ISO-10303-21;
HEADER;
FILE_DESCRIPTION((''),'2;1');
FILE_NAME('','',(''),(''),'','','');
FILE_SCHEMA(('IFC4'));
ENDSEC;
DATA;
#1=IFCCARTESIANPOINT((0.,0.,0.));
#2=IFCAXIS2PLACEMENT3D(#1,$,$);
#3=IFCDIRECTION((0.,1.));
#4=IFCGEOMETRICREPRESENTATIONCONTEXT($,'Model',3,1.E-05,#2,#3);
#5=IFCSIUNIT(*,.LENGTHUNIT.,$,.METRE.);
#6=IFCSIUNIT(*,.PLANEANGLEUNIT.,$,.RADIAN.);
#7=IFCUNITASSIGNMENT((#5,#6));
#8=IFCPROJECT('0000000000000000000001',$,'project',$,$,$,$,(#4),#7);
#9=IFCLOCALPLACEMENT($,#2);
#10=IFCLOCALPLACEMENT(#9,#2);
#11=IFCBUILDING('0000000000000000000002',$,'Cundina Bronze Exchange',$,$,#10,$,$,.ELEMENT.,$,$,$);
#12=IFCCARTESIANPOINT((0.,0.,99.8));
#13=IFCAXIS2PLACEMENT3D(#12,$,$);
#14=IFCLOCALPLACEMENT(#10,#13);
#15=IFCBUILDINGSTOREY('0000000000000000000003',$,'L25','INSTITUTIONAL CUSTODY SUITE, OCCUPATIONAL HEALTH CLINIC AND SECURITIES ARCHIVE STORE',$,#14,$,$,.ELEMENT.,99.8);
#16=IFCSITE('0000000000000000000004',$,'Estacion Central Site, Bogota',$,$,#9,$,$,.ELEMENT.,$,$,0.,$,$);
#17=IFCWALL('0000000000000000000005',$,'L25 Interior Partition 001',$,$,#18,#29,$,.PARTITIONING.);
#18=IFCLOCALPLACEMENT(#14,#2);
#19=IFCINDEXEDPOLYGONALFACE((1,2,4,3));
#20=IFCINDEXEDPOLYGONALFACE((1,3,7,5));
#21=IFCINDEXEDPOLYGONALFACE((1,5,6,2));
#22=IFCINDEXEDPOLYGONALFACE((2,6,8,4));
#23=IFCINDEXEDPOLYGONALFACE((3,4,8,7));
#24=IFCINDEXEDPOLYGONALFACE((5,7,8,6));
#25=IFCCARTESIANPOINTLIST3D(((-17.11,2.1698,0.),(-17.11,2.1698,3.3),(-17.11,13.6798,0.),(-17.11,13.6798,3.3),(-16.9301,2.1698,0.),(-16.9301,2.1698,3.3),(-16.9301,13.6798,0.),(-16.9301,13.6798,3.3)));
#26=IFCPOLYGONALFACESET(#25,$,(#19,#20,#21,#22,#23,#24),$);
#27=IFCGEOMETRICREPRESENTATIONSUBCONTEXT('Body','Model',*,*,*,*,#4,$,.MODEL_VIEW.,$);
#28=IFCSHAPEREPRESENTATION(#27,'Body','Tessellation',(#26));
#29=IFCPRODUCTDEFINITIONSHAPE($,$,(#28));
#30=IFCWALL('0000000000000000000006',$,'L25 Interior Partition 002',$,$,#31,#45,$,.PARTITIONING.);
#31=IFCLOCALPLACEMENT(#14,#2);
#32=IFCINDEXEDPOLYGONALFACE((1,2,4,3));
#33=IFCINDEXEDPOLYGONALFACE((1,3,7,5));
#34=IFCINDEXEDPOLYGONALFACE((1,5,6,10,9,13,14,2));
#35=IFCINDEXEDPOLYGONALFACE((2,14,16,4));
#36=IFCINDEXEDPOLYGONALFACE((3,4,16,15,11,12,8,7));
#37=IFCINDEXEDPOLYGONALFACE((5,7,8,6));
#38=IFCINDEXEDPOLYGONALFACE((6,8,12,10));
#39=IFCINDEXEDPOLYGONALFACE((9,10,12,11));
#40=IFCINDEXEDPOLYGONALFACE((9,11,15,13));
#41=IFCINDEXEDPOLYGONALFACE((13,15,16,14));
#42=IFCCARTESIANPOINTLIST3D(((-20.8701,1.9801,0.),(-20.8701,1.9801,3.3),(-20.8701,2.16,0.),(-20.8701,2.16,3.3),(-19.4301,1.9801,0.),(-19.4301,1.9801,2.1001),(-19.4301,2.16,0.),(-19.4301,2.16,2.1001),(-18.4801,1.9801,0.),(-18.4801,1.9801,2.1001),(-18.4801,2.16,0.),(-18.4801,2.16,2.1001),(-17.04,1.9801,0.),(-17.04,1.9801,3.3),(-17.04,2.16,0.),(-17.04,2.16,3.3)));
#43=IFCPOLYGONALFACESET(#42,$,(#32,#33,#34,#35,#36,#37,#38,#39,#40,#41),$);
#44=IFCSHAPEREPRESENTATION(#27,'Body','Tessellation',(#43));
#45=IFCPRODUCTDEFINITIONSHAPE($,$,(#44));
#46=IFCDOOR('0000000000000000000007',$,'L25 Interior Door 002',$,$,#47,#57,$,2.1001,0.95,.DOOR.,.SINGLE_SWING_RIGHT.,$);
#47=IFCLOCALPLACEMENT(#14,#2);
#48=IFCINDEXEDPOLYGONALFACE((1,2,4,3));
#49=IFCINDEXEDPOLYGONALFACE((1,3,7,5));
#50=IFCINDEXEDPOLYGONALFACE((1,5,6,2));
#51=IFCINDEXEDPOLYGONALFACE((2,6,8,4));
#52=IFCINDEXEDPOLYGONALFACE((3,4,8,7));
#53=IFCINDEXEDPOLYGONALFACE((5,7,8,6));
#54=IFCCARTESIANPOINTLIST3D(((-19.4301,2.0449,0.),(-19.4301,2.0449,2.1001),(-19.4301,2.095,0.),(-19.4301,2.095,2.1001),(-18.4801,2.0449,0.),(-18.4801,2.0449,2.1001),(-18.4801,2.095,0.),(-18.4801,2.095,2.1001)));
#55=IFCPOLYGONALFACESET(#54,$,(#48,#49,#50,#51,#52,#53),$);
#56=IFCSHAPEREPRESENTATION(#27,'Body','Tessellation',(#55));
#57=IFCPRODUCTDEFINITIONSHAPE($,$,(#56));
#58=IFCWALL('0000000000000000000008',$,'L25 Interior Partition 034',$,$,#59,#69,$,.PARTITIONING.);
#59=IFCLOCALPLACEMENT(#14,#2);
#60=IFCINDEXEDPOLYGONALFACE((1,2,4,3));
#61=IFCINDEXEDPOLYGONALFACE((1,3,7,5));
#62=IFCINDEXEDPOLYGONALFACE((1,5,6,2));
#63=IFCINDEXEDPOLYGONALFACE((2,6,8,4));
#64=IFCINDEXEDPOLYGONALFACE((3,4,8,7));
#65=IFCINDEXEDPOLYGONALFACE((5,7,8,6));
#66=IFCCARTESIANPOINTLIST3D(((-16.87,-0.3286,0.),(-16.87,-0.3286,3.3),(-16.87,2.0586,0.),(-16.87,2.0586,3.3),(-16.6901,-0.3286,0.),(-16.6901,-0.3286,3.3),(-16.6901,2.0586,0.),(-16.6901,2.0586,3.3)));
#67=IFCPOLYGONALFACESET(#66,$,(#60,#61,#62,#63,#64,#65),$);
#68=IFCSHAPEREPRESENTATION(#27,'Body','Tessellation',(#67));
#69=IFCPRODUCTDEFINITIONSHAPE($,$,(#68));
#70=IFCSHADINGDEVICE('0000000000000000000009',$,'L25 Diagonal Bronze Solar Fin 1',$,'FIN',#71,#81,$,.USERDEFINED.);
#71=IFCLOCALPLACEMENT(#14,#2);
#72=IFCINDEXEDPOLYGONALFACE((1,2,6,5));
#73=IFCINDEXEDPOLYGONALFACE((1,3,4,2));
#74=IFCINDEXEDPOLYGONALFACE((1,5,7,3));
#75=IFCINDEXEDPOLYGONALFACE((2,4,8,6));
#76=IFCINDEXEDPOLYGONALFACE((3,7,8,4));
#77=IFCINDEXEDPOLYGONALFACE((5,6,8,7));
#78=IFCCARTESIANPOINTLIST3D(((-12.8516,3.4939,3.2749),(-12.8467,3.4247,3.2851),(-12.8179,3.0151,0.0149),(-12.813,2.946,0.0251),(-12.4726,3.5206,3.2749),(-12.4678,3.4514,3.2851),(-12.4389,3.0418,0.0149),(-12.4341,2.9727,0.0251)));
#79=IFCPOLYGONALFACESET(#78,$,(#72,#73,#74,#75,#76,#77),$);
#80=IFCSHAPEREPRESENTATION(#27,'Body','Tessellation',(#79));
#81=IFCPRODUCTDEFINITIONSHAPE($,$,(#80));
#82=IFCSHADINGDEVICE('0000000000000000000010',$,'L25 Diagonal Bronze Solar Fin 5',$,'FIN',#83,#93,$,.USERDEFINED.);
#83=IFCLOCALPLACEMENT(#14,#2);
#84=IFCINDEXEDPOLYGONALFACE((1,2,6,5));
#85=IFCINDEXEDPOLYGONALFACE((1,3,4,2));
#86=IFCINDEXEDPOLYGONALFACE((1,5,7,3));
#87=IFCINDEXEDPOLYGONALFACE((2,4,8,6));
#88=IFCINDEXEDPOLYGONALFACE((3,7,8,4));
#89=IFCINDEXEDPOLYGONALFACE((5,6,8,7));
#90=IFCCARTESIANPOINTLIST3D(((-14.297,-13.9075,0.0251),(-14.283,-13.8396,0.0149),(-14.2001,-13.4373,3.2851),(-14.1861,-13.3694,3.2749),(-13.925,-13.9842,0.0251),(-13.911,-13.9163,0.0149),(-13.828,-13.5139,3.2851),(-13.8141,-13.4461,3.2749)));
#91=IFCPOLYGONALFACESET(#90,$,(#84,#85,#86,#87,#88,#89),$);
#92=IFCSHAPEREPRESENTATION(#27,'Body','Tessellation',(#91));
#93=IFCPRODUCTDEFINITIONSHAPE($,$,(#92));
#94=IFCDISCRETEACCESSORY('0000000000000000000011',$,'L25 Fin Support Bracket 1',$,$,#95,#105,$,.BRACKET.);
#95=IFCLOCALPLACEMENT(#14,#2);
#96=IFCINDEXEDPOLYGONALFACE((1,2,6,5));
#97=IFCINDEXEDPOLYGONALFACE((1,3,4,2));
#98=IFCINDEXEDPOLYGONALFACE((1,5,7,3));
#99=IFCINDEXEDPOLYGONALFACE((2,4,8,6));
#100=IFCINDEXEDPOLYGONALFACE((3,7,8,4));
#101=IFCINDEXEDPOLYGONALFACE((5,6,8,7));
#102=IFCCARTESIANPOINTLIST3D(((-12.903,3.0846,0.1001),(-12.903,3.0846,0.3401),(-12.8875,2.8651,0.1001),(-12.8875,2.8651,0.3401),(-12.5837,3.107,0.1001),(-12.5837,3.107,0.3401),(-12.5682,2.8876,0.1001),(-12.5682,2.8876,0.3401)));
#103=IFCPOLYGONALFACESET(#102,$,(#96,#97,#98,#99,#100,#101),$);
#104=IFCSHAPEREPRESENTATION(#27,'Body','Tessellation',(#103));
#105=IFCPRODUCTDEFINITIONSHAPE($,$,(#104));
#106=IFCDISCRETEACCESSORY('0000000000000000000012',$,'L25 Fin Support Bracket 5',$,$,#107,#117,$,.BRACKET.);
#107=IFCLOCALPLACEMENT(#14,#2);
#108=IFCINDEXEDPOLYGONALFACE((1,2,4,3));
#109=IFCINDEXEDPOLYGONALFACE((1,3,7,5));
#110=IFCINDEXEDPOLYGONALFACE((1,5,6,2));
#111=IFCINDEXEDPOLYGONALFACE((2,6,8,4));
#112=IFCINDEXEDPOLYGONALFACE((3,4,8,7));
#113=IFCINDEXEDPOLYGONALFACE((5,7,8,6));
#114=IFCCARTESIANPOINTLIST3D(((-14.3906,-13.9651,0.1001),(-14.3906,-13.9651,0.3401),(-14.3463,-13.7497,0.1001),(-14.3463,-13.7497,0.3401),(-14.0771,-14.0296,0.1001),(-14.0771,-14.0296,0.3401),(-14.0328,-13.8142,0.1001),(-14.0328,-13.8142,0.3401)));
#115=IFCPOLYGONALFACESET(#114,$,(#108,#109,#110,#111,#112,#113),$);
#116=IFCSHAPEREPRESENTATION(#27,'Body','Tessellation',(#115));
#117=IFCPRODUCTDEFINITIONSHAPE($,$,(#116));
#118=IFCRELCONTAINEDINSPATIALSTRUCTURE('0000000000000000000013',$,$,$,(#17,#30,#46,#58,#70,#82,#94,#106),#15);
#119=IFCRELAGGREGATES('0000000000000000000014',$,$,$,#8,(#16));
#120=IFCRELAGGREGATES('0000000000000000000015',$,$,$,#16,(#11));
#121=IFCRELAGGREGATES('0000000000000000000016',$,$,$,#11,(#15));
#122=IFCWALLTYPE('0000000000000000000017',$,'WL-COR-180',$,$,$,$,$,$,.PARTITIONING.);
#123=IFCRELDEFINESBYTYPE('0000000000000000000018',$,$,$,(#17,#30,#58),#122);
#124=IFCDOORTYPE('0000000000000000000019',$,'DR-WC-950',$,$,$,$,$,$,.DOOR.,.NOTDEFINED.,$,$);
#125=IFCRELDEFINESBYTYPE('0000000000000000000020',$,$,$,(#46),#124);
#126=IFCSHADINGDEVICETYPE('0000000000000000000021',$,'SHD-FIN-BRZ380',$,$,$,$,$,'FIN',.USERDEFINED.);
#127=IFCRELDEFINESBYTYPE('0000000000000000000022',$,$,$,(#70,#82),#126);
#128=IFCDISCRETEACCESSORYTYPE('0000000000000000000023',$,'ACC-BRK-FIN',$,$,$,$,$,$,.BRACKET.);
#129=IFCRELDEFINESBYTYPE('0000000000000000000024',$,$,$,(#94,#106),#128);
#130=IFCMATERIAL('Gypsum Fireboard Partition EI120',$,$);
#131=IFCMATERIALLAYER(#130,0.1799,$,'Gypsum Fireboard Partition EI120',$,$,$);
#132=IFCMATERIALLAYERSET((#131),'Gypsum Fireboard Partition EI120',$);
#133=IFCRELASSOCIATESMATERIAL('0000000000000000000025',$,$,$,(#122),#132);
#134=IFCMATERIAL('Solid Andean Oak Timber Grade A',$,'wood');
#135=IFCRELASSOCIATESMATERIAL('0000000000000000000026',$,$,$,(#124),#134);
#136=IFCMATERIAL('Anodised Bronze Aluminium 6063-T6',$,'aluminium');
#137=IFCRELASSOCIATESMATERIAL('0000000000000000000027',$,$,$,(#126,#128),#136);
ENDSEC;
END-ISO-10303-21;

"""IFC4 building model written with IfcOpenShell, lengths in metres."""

from ifc_helpers import new_model, si_unit, direction, frame, frame_2d, origin, origin_2d, place, context, subcontext, project, spatial, rectangle, extrude, material, layer, layer_set, material_profile, profile_set, type_object, element, fill, save


model = new_model("IFC4")

# Units and contexts
model_context = context("Model", 3, precision=1e-05, world=origin(), true_north=direction((0.0, 1.0)))
body_context = subcontext(model_context, "Body", "Model", "MODEL_VIEW")
ifc_project = project(units=[si_unit("LENGTHUNIT", "METRE"), si_unit("PLANEANGLEUNIT", "RADIAN")], contexts=[model_context])

# Site, building, storey
site_placement = place(None, origin())
site = spatial("IfcSite", under=ifc_project, at=site_placement, Name="Estacion Central Site, Bogota", CompositionType="ELEMENT", RefElevation=0.0)
building_placement = place(site_placement, origin())
building = spatial("IfcBuilding", under=site, at=building_placement, Name="Cundina Bronze Exchange", CompositionType="ELEMENT")
storey_placement = place(building_placement, frame((0.0, 0.0, 99.8)))
storey = spatial("IfcBuildingStorey", under=building, at=storey_placement, Name="L25", Description="INSTITUTIONAL CUSTODY SUITE, OCCUPATIONAL HEALTH CLINIC AND SECURITIES ARCHIVE STORE", CompositionType="ELEMENT", Elevation=99.8)

# Shared definitions
ifc_material_1 = material(Name="Anodised Bronze Aluminium 6063-T6", Category="aluminium")

# Wall
ifc_material_2 = material(Name="Gypsum Fireboard Partition EI120")
ifc_layer_1 = layer(ifc_material_2, 0.1799, Name="Gypsum Fireboard Partition EI120")
ifc_layer_set_1 = layer_set([ifc_layer_1], Name="Gypsum Fireboard Partition EI120")
wall_type = type_object("IfcWallType", Name="WL-COR-180", PredefinedType="PARTITIONING", material=ifc_layer_set_1)
wall_1_placement = place(storey_placement, frame((-17.02, 2.1699, 0.0), z_axis=(0.0, 0.0, 1.0), x_axis=(0.0, 1.0, 0.0)))
element("IfcWall", 1, at=wall_1_placement, inside=storey, type_object=wall_type, Name="L25 Interior Partition 001", PredefinedType="PARTITIONING", context=body_context, shape_type="SweptSolid", body=[
    extrude(rectangle(XDim=11.51, YDim=0.1799, at=frame_2d((5.7549, 0.0))), origin(), (0.0, 0.0, 1.0), 3.3),
])

# Wall, opening, door
wall_2_placement = place(storey_placement, frame((-20.8701, 2.0701, 0.0), z_axis=(0.0, 0.0, 1.0), x_axis=(1.0, 0.0, 0.0)))
wall_2 = element("IfcWall", 2, at=wall_2_placement, inside=storey, type_object=wall_type, Name="L25 Interior Partition 002", PredefinedType="PARTITIONING", context=body_context, shape_type="SweptSolid", body=[
    extrude(rectangle(XDim=3.8301, YDim=0.1799, at=frame_2d((1.915, 0.0))), origin(), (0.0, 0.0, 1.0), 3.3),
])
opening_placement = place(wall_2_placement, frame((1.4399, 0.0, 0.0)))
opening = element("IfcOpeningElement", 3, at=opening_placement, cuts=wall_2, PredefinedType="OPENING", context=body_context, shape_type="SweptSolid", body=[
    extrude(rectangle(XDim=0.95, YDim=2.1001, at=frame_2d((0.4751, 1.05))), frame((0.0, 0.0999, 0.0), z_axis=(0.0, -1.0, 0.0), x_axis=(1.0, 0.0, 0.0)), (0.0, 0.0, 1.0), 0.2),
])
ifc_material_3 = material(Name="Solid Andean Oak Timber Grade A", Category="wood")
door_type = type_object("IfcDoorType", Name="DR-WC-950", OperationType="NOTDEFINED", PredefinedType="DOOR", material=ifc_material_3)
door_placement = place(opening_placement, origin())
door = element("IfcDoor", 4, at=door_placement, inside=storey, type_object=door_type, Name="L25 Interior Door 002", OperationType="SINGLE_SWING_RIGHT", OverallHeight=2.1001, OverallWidth=0.95, PredefinedType="DOOR", context=body_context, shape_type="SweptSolid", body=[
    extrude(rectangle(XDim=0.95, YDim=2.1001, at=frame_2d((0.4751, 1.05))), frame((0.0, 0.0249, 0.0), z_axis=(0.0, -1.0, 0.0), x_axis=(1.0, 0.0, 0.0)), (0.0, 0.0, 1.0), 0.05),
])
fill(opening, door)

# Wall
wall_3_placement = place(storey_placement, frame((-16.78, -0.3286, 0.0), z_axis=(0.0, 0.0, 1.0), x_axis=(0.0, 1.0, 0.0)))
element("IfcWall", 5, at=wall_3_placement, inside=storey, type_object=wall_type, Name="L25 Interior Partition 034", PredefinedType="PARTITIONING", context=body_context, shape_type="SweptSolid", body=[
    extrude(rectangle(XDim=2.3872, YDim=0.1799, at=frame_2d((1.1936, 0.0))), origin(), (0.0, 0.0, 1.0), 3.3),
])

# Shading devices
ifc_material_profile_1 = material_profile(ifc_material_1, rectangle(XDim=0.0701, YDim=0.3799, at=origin_2d()), Name="FIN70X380", Category="aluminium")
ifc_profile_set_1 = profile_set([ifc_material_profile_1], Name="Anodised Bronze Aluminium 6063-T6")
shading_device_type = type_object("IfcShadingDeviceType", Name="SHD-FIN-BRZ380", ElementType="FIN", PredefinedType="USERDEFINED", material=ifc_profile_set_1)
for number, where, z_axis, x_axis, name in (
    (6, (-12.626, 2.9939, 0.02), (-0.010225, 0.145292, 0.989336), (0.06945, -0.986895, 0.145652), "L25 Diagonal Bronze Solar Fin 1"),
    (7, (-14.104, -13.9119, 0.02), (0.029414, 0.142698, 0.989329), (-0.199728, -0.968959, 0.145698), "L25 Diagonal Bronze Solar Fin 5"),
):
    element("IfcShadingDevice", number, at=place(storey_placement, frame(where, z_axis=z_axis, x_axis=x_axis)), inside=storey, type_object=shading_device_type, Name=name, ObjectType="FIN", PredefinedType="USERDEFINED", context=body_context, shape_type="SweptSolid", body=[
        extrude(rectangle(XDim=0.0701, YDim=0.3799, at=origin_2d()), origin(), (0.0, 0.0, 1.0), 3.2952),
    ])

# Discrete accessories
discrete_accessory_type = type_object("IfcDiscreteAccessoryType", Name="ACC-BRK-FIN", PredefinedType="BRACKET", material=ifc_material_1)
for number, where, z_axis, x_axis, name in (
    (8, (-12.7356, 2.9861, 0.1001), (0.0, 0.0, 1.0), (-0.070279, 0.997527, 0.0), "L25 Fin Support Bracket 1"),
    (9, (-14.2117, -13.8896, 0.1001), (0.0, 0.0, 1.0), (0.20142, 0.979505, 0.0), "L25 Fin Support Bracket 5"),
):
    element("IfcDiscreteAccessory", number, at=place(storey_placement, frame(where, z_axis=z_axis, x_axis=x_axis)), inside=storey, type_object=discrete_accessory_type, Name=name, PredefinedType="BRACKET", context=body_context, shape_type="SweptSolid", body=[
        extrude(rectangle(XDim=0.22, YDim=0.3201, at=origin_2d()), origin(), (0.0, 0.0, 1.0), 0.24),
    ])

save(model, "model.ifc")
